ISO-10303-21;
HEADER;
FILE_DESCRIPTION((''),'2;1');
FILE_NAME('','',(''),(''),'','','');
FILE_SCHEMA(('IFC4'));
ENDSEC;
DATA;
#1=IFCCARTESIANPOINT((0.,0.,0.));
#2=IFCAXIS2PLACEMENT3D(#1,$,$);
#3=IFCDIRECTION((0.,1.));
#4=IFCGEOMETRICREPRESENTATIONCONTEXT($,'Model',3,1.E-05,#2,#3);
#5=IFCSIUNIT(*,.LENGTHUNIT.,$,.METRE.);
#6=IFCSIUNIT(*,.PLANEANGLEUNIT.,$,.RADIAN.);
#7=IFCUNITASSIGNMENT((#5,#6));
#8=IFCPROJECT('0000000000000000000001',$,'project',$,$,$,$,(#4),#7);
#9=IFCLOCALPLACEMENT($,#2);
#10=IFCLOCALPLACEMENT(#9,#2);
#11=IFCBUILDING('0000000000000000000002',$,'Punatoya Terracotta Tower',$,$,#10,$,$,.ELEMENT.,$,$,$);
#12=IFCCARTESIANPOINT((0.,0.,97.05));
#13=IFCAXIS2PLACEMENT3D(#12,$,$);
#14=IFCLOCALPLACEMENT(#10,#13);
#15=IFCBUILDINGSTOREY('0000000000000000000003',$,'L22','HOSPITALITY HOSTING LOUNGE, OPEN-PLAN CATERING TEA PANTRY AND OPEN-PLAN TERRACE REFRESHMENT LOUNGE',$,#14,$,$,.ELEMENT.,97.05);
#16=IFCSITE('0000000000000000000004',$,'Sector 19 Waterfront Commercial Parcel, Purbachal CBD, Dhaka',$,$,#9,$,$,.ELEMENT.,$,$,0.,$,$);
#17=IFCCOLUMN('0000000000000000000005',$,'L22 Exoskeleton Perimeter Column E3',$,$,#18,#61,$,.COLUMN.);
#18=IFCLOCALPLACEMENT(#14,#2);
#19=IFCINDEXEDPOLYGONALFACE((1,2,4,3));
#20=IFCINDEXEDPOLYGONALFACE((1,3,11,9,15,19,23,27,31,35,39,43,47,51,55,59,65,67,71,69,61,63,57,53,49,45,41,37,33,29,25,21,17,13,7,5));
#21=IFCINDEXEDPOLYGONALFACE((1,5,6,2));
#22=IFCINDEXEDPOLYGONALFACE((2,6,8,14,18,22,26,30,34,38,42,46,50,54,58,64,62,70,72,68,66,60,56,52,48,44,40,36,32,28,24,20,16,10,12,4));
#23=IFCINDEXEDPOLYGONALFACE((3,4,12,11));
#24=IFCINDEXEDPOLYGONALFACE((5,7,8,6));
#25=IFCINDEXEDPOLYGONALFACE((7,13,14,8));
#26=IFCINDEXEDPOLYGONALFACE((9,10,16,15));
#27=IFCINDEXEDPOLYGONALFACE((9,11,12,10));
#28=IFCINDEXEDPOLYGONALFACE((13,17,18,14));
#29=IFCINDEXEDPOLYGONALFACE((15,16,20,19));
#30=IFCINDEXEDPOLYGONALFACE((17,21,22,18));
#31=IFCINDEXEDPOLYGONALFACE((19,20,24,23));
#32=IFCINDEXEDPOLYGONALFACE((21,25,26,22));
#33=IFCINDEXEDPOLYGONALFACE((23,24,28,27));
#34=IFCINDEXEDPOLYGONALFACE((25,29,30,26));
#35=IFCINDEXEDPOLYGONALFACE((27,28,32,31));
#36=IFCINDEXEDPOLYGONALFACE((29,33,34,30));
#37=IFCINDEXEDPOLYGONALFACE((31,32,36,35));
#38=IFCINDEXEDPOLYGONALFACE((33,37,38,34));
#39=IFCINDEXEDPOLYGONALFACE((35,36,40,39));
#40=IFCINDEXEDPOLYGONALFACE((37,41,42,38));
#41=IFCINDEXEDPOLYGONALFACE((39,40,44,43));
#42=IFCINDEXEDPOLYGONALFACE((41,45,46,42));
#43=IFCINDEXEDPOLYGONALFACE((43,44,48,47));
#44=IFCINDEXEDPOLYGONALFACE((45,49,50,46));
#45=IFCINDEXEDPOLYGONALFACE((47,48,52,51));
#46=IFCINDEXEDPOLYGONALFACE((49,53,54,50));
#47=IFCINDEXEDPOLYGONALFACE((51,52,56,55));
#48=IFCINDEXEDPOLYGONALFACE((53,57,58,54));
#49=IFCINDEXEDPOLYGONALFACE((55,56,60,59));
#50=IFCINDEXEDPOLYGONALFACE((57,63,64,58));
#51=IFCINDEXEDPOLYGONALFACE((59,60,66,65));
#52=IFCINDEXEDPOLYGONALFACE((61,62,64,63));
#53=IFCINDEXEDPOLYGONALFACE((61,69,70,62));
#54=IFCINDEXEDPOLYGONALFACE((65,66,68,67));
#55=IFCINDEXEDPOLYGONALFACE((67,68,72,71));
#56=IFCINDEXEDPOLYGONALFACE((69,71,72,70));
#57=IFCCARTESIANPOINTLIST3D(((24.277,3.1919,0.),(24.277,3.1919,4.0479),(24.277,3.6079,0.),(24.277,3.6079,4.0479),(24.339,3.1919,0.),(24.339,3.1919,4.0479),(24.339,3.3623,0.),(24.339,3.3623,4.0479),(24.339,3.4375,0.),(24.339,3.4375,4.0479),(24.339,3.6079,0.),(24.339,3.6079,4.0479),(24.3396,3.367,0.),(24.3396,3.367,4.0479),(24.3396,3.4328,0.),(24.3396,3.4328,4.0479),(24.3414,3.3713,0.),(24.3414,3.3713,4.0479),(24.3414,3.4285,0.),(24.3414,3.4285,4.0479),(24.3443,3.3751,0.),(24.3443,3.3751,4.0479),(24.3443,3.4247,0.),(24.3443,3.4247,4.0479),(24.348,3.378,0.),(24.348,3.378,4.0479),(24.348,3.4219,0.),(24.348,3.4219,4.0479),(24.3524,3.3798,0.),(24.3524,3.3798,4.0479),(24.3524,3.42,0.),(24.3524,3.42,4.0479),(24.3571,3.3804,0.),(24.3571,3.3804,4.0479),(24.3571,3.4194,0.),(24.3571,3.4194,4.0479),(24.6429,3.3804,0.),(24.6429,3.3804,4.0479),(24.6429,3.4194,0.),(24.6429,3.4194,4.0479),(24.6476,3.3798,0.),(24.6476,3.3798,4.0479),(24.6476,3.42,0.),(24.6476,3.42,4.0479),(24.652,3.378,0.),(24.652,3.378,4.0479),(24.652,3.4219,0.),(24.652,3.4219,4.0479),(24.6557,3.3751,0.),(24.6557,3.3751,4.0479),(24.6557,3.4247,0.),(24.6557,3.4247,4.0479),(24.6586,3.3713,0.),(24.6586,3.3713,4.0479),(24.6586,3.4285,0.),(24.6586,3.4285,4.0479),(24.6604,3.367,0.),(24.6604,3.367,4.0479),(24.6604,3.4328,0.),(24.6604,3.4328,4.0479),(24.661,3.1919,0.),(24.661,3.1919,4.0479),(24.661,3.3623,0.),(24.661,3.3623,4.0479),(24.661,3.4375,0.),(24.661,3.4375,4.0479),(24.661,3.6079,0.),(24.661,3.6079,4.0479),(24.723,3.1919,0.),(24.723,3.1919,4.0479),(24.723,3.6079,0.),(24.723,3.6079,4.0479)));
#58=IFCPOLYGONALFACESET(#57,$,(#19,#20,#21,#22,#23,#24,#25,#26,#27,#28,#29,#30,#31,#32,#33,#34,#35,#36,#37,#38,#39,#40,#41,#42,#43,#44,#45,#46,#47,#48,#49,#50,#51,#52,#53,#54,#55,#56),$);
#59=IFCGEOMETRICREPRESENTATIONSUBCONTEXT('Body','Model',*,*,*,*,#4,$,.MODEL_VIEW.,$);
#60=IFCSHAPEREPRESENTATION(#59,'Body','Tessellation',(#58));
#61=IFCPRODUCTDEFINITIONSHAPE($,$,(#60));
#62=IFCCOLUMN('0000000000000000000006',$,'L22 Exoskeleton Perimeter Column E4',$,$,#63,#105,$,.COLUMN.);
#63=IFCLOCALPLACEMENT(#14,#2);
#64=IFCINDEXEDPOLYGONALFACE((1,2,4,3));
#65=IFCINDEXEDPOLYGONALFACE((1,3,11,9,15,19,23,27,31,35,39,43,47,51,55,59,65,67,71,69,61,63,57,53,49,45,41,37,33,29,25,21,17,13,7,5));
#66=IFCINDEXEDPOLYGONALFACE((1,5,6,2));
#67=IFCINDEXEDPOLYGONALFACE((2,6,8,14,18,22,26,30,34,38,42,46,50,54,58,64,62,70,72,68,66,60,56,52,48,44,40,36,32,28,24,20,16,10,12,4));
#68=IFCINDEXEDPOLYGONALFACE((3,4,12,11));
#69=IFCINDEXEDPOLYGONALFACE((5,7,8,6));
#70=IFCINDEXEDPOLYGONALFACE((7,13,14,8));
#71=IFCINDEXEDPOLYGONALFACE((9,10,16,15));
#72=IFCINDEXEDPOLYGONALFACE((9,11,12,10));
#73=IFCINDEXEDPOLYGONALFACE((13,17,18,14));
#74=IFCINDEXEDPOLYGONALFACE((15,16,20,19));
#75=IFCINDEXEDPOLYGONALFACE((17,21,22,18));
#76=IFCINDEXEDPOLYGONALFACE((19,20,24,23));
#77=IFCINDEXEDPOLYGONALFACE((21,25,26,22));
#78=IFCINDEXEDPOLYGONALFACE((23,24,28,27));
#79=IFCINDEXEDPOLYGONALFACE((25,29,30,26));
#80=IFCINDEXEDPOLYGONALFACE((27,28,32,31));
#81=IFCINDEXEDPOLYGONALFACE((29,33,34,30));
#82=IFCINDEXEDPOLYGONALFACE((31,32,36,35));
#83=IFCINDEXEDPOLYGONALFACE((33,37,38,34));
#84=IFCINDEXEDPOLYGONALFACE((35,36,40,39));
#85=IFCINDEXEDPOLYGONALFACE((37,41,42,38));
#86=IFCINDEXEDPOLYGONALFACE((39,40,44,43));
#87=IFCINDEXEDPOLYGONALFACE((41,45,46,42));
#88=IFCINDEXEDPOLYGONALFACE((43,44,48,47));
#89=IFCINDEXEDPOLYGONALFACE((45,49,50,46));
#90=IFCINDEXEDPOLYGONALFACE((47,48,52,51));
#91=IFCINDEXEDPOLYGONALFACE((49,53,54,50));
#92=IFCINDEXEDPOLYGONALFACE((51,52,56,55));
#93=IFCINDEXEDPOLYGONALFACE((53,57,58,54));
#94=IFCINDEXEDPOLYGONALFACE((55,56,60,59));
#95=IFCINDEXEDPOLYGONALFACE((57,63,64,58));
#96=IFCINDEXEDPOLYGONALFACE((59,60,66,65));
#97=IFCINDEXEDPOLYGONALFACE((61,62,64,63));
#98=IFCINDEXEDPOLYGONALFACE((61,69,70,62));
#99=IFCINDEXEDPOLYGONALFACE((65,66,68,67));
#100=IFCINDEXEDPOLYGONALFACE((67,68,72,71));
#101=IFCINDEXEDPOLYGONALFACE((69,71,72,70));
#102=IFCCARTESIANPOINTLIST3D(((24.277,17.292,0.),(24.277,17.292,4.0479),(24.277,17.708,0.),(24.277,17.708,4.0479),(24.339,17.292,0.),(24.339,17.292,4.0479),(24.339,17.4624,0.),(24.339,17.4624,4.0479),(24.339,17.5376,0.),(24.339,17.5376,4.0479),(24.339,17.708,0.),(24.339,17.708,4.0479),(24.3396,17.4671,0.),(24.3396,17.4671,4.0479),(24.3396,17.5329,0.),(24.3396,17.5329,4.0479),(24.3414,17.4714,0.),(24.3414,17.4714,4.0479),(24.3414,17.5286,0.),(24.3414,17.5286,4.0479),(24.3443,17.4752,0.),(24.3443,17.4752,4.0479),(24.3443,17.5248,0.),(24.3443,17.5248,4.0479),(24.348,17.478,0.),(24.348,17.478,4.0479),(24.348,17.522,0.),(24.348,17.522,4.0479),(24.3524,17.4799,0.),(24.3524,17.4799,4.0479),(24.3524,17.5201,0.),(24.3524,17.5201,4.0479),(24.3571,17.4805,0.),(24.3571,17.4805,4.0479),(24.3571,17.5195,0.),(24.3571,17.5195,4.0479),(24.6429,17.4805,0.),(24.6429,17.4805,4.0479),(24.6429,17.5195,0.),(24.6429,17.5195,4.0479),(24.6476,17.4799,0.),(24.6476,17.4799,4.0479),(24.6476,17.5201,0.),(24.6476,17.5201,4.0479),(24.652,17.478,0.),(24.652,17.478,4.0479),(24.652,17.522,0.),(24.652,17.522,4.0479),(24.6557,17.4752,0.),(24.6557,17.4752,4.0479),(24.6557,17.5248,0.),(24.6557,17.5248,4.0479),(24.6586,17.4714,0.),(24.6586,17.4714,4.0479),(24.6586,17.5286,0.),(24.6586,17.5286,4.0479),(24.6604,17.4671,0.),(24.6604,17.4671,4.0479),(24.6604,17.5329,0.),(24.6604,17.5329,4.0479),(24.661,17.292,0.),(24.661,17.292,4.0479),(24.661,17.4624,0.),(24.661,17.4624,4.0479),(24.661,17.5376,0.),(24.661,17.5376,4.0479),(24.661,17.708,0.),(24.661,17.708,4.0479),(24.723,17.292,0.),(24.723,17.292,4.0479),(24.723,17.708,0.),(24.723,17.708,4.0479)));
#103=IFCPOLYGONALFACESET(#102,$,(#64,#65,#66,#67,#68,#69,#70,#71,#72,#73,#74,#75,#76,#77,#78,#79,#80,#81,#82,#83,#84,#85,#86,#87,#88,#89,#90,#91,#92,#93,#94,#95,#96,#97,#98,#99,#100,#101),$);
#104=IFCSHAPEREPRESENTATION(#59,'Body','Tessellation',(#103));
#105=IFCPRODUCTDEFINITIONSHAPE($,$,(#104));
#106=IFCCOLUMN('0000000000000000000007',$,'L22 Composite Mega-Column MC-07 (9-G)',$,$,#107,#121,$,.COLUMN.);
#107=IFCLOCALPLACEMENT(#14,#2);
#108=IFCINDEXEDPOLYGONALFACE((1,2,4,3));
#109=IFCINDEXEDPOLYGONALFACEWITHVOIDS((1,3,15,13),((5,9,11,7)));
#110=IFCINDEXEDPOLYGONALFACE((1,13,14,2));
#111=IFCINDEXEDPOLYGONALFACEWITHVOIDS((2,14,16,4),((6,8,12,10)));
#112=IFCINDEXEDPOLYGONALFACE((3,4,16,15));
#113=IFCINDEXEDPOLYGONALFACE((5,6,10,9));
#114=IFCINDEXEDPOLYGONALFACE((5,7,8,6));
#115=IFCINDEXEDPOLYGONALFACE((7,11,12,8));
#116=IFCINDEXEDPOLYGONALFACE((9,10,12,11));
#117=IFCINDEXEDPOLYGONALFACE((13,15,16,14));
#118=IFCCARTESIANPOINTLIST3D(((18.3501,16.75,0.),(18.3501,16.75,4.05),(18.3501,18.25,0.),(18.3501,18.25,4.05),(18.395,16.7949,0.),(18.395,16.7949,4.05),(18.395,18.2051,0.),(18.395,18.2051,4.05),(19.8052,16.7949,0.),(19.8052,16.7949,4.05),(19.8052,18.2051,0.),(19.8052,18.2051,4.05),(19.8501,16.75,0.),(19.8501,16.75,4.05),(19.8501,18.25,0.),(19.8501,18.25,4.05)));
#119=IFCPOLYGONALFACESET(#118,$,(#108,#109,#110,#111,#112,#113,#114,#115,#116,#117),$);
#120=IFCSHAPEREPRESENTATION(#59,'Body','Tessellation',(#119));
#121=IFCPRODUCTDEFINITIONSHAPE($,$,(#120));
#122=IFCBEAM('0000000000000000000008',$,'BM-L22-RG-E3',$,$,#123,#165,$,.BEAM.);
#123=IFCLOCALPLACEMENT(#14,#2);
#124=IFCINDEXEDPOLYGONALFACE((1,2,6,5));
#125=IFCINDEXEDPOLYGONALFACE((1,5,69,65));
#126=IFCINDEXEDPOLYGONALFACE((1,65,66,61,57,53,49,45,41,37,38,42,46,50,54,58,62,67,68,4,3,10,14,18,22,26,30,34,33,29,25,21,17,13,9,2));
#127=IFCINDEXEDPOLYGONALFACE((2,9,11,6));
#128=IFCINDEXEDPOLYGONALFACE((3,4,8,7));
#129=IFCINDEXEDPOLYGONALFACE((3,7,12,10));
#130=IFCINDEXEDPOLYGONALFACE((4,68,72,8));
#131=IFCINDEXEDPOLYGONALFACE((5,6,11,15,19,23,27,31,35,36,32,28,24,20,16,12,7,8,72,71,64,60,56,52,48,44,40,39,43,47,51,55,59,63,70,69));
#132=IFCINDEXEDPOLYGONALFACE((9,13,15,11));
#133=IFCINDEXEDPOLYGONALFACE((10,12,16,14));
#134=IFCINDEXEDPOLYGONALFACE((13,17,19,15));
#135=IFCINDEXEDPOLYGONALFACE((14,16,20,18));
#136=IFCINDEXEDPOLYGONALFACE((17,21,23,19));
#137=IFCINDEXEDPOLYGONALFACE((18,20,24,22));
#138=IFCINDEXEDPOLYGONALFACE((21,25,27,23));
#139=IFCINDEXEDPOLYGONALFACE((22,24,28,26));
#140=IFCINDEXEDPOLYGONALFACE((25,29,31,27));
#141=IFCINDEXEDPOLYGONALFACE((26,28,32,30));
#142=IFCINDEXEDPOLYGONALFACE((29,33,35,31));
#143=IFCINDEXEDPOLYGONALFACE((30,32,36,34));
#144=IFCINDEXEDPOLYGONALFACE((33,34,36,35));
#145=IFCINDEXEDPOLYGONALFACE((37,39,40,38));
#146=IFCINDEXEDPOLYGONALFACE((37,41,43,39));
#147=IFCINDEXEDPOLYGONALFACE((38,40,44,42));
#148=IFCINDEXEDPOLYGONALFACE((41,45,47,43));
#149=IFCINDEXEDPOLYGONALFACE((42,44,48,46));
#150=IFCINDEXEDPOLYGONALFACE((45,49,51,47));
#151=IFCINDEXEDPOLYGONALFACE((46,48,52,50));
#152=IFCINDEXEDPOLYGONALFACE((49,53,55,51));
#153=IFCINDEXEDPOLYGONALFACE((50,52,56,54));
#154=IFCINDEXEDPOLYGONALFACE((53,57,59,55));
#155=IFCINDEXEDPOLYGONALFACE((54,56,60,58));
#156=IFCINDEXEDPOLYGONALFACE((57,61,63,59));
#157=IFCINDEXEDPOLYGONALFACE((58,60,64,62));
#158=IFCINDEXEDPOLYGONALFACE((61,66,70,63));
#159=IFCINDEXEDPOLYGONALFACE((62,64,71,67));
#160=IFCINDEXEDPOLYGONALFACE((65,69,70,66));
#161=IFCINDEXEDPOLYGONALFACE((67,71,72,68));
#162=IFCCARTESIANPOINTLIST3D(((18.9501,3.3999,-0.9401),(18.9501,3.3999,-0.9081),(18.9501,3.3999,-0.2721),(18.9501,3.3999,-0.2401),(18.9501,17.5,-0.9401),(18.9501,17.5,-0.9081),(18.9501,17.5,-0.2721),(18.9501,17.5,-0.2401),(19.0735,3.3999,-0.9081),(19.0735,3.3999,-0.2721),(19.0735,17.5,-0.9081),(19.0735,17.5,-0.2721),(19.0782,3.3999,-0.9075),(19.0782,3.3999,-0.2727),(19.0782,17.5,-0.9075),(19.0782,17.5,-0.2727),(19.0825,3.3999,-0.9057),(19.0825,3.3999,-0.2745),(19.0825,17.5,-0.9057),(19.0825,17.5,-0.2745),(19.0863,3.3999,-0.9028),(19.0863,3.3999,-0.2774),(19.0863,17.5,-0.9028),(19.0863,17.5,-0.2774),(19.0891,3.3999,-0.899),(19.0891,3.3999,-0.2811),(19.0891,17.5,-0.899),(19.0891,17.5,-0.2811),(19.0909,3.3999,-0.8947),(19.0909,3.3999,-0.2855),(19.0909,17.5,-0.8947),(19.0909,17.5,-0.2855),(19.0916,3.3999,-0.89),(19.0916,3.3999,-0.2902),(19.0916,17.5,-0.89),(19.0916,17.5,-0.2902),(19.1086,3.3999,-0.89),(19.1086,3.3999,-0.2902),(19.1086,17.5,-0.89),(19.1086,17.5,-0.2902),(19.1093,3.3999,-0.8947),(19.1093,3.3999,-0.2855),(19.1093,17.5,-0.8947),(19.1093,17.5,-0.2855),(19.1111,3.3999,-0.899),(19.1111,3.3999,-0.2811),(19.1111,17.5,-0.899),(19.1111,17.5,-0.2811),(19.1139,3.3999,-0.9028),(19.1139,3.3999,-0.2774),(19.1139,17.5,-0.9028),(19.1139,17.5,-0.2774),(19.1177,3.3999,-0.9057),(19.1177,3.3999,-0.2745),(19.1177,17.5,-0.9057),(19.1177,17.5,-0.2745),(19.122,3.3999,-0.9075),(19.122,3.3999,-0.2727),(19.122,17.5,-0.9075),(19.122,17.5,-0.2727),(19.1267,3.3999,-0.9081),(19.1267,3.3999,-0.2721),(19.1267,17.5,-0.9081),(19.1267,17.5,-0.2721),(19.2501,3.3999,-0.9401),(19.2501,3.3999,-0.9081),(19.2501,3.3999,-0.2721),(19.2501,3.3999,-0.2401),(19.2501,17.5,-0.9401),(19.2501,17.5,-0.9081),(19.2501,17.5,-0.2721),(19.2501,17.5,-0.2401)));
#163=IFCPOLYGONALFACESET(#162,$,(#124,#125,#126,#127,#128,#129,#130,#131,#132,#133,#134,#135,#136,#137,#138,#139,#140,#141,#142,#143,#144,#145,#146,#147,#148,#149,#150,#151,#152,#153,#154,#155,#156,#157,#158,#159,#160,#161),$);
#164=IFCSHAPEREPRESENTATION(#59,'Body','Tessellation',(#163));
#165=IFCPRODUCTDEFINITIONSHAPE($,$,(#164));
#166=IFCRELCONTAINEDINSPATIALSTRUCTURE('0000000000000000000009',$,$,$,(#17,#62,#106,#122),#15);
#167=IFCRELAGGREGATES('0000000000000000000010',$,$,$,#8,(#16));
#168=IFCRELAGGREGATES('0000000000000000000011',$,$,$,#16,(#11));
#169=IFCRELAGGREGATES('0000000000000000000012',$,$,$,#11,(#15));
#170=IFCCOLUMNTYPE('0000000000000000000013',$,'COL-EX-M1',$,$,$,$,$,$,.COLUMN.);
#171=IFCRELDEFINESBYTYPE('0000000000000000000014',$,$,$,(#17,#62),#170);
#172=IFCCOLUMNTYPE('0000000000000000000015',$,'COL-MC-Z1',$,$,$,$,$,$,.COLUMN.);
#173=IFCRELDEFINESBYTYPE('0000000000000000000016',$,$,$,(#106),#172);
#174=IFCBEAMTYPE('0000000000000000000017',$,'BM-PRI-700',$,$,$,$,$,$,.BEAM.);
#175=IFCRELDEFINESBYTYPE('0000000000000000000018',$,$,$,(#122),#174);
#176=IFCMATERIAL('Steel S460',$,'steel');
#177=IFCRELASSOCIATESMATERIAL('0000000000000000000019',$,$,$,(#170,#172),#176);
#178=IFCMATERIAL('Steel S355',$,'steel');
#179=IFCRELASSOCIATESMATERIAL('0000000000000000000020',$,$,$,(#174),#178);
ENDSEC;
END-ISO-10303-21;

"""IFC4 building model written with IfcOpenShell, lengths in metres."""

from ifc_helpers import new_model, si_unit, direction, frame, origin, origin_2d, place, context, subcontext, project, spatial, hollow_rectangle, i_section, extrude, material, material_profile, profile_set, type_object, element, save


model = new_model("IFC4")

# Units and contexts
model_context = context("Model", 3, precision=1e-05, world=origin(), true_north=direction((0.0, 1.0)))
body_context = subcontext(model_context, "Body", "Model", "MODEL_VIEW")
ifc_project = project(units=[si_unit("LENGTHUNIT", "METRE"), si_unit("PLANEANGLEUNIT", "RADIAN")], contexts=[model_context])

# Site, building, storey
site_placement = place(None, origin())
site = spatial("IfcSite", under=ifc_project, at=site_placement, Name="Sector 19 Waterfront Commercial Parcel, Purbachal CBD, Dhaka", CompositionType="ELEMENT", RefElevation=0.0)
building_placement = place(site_placement, origin())
building = spatial("IfcBuilding", under=site, at=building_placement, Name="Punatoya Terracotta Tower", CompositionType="ELEMENT")
storey_placement = place(building_placement, frame((0.0, 0.0, 97.05)))
storey = spatial("IfcBuildingStorey", under=building, at=storey_placement, Name="L22", Description="HOSPITALITY HOSTING LOUNGE, OPEN-PLAN CATERING TEA PANTRY AND OPEN-PLAN TERRACE REFRESHMENT LOUNGE", CompositionType="ELEMENT", Elevation=97.05)

# Columns
ifc_material_1 = material(Name="Steel S460", Category="steel")
ifc_material_profile_1 = material_profile(ifc_material_1, i_section(OverallWidth=0.416, OverallDepth=0.446, WebThickness=0.0391, FlangeThickness=0.062, FilletRadius=0.0181, at=origin_2d()))
ifc_profile_set_1 = profile_set([ifc_material_profile_1], Name="Steel S460")
column_type_1 = type_object("IfcColumnType", Name="COL-EX-M1", PredefinedType="COLUMN", material=ifc_profile_set_1)
for number, where, z_axis, x_axis, name in (
    (1, (24.5, 3.3999, 0.0), (0.0, 0.0, 1.0), (0.0, 1.0, 0.0), "L22 Exoskeleton Perimeter Column E3"),
    (2, (24.5, 17.5, 0.0), (0.0, 0.0, 1.0), (0.0, 1.0, 0.0), "L22 Exoskeleton Perimeter Column E4"),
):
    element("IfcColumn", number, at=place(storey_placement, frame(where, z_axis=z_axis, x_axis=x_axis)), inside=storey, type_object=column_type_1, Name=name, PredefinedType="COLUMN", context=body_context, shape_type="SweptSolid", body=[
        extrude(i_section(OverallWidth=0.416, OverallDepth=0.446, WebThickness=0.0391, FlangeThickness=0.062, FilletRadius=0.0181, at=origin_2d()), origin(), (0.0, 0.0, 1.0), 4.0479),
    ])
ifc_material_profile_2 = material_profile(ifc_material_1, hollow_rectangle(XDim=1.5, YDim=1.5, WallThickness=0.0449, at=origin_2d()))
ifc_profile_set_2 = profile_set([ifc_material_profile_2], Name="Steel S460")
column_type_2 = type_object("IfcColumnType", Name="COL-MC-Z1", PredefinedType="COLUMN", material=ifc_profile_set_2)
column_placement = place(storey_placement, frame((19.1001, 17.5, 0.0), z_axis=(0.0, 0.0, 1.0), x_axis=(1.0, 0.0, 0.0)))
element("IfcColumn", 3, at=column_placement, inside=storey, type_object=column_type_2, Name="L22 Composite Mega-Column MC-07 (9-G)", PredefinedType="COLUMN", context=body_context, shape_type="SweptSolid", body=[
    extrude(hollow_rectangle(XDim=1.5, YDim=1.5, WallThickness=0.0449, at=origin_2d()), origin(), (0.0, 0.0, 1.0), 4.05),
])

# Beam
ifc_material_2 = material(Name="Steel S355", Category="steel")
ifc_material_profile_3 = material_profile(ifc_material_2, i_section(OverallWidth=0.3, OverallDepth=0.7, WebThickness=0.0171, FlangeThickness=0.032, FilletRadius=0.0181, at=origin_2d()))
ifc_profile_set_3 = profile_set([ifc_material_profile_3], Name="Steel S355")
beam_type_1 = type_object("IfcBeamType", Name="BM-PRI-700", PredefinedType="BEAM", material=ifc_profile_set_3)
beam_1_placement = place(storey_placement, frame((19.1001, 3.3999, -0.5901), z_axis=(0.0, 1.0, 0.0), x_axis=(-1.0, 0.0, 0.0)))
element("IfcBeam", 4, at=beam_1_placement, inside=storey, type_object=beam_type_1, Name="BM-L22-RG-E3", PredefinedType="BEAM", context=body_context, shape_type="SweptSolid", body=[
    extrude(i_section(OverallWidth=0.3, OverallDepth=0.7, WebThickness=0.0171, FlangeThickness=0.032, FilletRadius=0.0181, at=origin_2d()), origin(), (0.0, 0.0, 1.0), 14.1001),
])

save(model, "model.ifc")
